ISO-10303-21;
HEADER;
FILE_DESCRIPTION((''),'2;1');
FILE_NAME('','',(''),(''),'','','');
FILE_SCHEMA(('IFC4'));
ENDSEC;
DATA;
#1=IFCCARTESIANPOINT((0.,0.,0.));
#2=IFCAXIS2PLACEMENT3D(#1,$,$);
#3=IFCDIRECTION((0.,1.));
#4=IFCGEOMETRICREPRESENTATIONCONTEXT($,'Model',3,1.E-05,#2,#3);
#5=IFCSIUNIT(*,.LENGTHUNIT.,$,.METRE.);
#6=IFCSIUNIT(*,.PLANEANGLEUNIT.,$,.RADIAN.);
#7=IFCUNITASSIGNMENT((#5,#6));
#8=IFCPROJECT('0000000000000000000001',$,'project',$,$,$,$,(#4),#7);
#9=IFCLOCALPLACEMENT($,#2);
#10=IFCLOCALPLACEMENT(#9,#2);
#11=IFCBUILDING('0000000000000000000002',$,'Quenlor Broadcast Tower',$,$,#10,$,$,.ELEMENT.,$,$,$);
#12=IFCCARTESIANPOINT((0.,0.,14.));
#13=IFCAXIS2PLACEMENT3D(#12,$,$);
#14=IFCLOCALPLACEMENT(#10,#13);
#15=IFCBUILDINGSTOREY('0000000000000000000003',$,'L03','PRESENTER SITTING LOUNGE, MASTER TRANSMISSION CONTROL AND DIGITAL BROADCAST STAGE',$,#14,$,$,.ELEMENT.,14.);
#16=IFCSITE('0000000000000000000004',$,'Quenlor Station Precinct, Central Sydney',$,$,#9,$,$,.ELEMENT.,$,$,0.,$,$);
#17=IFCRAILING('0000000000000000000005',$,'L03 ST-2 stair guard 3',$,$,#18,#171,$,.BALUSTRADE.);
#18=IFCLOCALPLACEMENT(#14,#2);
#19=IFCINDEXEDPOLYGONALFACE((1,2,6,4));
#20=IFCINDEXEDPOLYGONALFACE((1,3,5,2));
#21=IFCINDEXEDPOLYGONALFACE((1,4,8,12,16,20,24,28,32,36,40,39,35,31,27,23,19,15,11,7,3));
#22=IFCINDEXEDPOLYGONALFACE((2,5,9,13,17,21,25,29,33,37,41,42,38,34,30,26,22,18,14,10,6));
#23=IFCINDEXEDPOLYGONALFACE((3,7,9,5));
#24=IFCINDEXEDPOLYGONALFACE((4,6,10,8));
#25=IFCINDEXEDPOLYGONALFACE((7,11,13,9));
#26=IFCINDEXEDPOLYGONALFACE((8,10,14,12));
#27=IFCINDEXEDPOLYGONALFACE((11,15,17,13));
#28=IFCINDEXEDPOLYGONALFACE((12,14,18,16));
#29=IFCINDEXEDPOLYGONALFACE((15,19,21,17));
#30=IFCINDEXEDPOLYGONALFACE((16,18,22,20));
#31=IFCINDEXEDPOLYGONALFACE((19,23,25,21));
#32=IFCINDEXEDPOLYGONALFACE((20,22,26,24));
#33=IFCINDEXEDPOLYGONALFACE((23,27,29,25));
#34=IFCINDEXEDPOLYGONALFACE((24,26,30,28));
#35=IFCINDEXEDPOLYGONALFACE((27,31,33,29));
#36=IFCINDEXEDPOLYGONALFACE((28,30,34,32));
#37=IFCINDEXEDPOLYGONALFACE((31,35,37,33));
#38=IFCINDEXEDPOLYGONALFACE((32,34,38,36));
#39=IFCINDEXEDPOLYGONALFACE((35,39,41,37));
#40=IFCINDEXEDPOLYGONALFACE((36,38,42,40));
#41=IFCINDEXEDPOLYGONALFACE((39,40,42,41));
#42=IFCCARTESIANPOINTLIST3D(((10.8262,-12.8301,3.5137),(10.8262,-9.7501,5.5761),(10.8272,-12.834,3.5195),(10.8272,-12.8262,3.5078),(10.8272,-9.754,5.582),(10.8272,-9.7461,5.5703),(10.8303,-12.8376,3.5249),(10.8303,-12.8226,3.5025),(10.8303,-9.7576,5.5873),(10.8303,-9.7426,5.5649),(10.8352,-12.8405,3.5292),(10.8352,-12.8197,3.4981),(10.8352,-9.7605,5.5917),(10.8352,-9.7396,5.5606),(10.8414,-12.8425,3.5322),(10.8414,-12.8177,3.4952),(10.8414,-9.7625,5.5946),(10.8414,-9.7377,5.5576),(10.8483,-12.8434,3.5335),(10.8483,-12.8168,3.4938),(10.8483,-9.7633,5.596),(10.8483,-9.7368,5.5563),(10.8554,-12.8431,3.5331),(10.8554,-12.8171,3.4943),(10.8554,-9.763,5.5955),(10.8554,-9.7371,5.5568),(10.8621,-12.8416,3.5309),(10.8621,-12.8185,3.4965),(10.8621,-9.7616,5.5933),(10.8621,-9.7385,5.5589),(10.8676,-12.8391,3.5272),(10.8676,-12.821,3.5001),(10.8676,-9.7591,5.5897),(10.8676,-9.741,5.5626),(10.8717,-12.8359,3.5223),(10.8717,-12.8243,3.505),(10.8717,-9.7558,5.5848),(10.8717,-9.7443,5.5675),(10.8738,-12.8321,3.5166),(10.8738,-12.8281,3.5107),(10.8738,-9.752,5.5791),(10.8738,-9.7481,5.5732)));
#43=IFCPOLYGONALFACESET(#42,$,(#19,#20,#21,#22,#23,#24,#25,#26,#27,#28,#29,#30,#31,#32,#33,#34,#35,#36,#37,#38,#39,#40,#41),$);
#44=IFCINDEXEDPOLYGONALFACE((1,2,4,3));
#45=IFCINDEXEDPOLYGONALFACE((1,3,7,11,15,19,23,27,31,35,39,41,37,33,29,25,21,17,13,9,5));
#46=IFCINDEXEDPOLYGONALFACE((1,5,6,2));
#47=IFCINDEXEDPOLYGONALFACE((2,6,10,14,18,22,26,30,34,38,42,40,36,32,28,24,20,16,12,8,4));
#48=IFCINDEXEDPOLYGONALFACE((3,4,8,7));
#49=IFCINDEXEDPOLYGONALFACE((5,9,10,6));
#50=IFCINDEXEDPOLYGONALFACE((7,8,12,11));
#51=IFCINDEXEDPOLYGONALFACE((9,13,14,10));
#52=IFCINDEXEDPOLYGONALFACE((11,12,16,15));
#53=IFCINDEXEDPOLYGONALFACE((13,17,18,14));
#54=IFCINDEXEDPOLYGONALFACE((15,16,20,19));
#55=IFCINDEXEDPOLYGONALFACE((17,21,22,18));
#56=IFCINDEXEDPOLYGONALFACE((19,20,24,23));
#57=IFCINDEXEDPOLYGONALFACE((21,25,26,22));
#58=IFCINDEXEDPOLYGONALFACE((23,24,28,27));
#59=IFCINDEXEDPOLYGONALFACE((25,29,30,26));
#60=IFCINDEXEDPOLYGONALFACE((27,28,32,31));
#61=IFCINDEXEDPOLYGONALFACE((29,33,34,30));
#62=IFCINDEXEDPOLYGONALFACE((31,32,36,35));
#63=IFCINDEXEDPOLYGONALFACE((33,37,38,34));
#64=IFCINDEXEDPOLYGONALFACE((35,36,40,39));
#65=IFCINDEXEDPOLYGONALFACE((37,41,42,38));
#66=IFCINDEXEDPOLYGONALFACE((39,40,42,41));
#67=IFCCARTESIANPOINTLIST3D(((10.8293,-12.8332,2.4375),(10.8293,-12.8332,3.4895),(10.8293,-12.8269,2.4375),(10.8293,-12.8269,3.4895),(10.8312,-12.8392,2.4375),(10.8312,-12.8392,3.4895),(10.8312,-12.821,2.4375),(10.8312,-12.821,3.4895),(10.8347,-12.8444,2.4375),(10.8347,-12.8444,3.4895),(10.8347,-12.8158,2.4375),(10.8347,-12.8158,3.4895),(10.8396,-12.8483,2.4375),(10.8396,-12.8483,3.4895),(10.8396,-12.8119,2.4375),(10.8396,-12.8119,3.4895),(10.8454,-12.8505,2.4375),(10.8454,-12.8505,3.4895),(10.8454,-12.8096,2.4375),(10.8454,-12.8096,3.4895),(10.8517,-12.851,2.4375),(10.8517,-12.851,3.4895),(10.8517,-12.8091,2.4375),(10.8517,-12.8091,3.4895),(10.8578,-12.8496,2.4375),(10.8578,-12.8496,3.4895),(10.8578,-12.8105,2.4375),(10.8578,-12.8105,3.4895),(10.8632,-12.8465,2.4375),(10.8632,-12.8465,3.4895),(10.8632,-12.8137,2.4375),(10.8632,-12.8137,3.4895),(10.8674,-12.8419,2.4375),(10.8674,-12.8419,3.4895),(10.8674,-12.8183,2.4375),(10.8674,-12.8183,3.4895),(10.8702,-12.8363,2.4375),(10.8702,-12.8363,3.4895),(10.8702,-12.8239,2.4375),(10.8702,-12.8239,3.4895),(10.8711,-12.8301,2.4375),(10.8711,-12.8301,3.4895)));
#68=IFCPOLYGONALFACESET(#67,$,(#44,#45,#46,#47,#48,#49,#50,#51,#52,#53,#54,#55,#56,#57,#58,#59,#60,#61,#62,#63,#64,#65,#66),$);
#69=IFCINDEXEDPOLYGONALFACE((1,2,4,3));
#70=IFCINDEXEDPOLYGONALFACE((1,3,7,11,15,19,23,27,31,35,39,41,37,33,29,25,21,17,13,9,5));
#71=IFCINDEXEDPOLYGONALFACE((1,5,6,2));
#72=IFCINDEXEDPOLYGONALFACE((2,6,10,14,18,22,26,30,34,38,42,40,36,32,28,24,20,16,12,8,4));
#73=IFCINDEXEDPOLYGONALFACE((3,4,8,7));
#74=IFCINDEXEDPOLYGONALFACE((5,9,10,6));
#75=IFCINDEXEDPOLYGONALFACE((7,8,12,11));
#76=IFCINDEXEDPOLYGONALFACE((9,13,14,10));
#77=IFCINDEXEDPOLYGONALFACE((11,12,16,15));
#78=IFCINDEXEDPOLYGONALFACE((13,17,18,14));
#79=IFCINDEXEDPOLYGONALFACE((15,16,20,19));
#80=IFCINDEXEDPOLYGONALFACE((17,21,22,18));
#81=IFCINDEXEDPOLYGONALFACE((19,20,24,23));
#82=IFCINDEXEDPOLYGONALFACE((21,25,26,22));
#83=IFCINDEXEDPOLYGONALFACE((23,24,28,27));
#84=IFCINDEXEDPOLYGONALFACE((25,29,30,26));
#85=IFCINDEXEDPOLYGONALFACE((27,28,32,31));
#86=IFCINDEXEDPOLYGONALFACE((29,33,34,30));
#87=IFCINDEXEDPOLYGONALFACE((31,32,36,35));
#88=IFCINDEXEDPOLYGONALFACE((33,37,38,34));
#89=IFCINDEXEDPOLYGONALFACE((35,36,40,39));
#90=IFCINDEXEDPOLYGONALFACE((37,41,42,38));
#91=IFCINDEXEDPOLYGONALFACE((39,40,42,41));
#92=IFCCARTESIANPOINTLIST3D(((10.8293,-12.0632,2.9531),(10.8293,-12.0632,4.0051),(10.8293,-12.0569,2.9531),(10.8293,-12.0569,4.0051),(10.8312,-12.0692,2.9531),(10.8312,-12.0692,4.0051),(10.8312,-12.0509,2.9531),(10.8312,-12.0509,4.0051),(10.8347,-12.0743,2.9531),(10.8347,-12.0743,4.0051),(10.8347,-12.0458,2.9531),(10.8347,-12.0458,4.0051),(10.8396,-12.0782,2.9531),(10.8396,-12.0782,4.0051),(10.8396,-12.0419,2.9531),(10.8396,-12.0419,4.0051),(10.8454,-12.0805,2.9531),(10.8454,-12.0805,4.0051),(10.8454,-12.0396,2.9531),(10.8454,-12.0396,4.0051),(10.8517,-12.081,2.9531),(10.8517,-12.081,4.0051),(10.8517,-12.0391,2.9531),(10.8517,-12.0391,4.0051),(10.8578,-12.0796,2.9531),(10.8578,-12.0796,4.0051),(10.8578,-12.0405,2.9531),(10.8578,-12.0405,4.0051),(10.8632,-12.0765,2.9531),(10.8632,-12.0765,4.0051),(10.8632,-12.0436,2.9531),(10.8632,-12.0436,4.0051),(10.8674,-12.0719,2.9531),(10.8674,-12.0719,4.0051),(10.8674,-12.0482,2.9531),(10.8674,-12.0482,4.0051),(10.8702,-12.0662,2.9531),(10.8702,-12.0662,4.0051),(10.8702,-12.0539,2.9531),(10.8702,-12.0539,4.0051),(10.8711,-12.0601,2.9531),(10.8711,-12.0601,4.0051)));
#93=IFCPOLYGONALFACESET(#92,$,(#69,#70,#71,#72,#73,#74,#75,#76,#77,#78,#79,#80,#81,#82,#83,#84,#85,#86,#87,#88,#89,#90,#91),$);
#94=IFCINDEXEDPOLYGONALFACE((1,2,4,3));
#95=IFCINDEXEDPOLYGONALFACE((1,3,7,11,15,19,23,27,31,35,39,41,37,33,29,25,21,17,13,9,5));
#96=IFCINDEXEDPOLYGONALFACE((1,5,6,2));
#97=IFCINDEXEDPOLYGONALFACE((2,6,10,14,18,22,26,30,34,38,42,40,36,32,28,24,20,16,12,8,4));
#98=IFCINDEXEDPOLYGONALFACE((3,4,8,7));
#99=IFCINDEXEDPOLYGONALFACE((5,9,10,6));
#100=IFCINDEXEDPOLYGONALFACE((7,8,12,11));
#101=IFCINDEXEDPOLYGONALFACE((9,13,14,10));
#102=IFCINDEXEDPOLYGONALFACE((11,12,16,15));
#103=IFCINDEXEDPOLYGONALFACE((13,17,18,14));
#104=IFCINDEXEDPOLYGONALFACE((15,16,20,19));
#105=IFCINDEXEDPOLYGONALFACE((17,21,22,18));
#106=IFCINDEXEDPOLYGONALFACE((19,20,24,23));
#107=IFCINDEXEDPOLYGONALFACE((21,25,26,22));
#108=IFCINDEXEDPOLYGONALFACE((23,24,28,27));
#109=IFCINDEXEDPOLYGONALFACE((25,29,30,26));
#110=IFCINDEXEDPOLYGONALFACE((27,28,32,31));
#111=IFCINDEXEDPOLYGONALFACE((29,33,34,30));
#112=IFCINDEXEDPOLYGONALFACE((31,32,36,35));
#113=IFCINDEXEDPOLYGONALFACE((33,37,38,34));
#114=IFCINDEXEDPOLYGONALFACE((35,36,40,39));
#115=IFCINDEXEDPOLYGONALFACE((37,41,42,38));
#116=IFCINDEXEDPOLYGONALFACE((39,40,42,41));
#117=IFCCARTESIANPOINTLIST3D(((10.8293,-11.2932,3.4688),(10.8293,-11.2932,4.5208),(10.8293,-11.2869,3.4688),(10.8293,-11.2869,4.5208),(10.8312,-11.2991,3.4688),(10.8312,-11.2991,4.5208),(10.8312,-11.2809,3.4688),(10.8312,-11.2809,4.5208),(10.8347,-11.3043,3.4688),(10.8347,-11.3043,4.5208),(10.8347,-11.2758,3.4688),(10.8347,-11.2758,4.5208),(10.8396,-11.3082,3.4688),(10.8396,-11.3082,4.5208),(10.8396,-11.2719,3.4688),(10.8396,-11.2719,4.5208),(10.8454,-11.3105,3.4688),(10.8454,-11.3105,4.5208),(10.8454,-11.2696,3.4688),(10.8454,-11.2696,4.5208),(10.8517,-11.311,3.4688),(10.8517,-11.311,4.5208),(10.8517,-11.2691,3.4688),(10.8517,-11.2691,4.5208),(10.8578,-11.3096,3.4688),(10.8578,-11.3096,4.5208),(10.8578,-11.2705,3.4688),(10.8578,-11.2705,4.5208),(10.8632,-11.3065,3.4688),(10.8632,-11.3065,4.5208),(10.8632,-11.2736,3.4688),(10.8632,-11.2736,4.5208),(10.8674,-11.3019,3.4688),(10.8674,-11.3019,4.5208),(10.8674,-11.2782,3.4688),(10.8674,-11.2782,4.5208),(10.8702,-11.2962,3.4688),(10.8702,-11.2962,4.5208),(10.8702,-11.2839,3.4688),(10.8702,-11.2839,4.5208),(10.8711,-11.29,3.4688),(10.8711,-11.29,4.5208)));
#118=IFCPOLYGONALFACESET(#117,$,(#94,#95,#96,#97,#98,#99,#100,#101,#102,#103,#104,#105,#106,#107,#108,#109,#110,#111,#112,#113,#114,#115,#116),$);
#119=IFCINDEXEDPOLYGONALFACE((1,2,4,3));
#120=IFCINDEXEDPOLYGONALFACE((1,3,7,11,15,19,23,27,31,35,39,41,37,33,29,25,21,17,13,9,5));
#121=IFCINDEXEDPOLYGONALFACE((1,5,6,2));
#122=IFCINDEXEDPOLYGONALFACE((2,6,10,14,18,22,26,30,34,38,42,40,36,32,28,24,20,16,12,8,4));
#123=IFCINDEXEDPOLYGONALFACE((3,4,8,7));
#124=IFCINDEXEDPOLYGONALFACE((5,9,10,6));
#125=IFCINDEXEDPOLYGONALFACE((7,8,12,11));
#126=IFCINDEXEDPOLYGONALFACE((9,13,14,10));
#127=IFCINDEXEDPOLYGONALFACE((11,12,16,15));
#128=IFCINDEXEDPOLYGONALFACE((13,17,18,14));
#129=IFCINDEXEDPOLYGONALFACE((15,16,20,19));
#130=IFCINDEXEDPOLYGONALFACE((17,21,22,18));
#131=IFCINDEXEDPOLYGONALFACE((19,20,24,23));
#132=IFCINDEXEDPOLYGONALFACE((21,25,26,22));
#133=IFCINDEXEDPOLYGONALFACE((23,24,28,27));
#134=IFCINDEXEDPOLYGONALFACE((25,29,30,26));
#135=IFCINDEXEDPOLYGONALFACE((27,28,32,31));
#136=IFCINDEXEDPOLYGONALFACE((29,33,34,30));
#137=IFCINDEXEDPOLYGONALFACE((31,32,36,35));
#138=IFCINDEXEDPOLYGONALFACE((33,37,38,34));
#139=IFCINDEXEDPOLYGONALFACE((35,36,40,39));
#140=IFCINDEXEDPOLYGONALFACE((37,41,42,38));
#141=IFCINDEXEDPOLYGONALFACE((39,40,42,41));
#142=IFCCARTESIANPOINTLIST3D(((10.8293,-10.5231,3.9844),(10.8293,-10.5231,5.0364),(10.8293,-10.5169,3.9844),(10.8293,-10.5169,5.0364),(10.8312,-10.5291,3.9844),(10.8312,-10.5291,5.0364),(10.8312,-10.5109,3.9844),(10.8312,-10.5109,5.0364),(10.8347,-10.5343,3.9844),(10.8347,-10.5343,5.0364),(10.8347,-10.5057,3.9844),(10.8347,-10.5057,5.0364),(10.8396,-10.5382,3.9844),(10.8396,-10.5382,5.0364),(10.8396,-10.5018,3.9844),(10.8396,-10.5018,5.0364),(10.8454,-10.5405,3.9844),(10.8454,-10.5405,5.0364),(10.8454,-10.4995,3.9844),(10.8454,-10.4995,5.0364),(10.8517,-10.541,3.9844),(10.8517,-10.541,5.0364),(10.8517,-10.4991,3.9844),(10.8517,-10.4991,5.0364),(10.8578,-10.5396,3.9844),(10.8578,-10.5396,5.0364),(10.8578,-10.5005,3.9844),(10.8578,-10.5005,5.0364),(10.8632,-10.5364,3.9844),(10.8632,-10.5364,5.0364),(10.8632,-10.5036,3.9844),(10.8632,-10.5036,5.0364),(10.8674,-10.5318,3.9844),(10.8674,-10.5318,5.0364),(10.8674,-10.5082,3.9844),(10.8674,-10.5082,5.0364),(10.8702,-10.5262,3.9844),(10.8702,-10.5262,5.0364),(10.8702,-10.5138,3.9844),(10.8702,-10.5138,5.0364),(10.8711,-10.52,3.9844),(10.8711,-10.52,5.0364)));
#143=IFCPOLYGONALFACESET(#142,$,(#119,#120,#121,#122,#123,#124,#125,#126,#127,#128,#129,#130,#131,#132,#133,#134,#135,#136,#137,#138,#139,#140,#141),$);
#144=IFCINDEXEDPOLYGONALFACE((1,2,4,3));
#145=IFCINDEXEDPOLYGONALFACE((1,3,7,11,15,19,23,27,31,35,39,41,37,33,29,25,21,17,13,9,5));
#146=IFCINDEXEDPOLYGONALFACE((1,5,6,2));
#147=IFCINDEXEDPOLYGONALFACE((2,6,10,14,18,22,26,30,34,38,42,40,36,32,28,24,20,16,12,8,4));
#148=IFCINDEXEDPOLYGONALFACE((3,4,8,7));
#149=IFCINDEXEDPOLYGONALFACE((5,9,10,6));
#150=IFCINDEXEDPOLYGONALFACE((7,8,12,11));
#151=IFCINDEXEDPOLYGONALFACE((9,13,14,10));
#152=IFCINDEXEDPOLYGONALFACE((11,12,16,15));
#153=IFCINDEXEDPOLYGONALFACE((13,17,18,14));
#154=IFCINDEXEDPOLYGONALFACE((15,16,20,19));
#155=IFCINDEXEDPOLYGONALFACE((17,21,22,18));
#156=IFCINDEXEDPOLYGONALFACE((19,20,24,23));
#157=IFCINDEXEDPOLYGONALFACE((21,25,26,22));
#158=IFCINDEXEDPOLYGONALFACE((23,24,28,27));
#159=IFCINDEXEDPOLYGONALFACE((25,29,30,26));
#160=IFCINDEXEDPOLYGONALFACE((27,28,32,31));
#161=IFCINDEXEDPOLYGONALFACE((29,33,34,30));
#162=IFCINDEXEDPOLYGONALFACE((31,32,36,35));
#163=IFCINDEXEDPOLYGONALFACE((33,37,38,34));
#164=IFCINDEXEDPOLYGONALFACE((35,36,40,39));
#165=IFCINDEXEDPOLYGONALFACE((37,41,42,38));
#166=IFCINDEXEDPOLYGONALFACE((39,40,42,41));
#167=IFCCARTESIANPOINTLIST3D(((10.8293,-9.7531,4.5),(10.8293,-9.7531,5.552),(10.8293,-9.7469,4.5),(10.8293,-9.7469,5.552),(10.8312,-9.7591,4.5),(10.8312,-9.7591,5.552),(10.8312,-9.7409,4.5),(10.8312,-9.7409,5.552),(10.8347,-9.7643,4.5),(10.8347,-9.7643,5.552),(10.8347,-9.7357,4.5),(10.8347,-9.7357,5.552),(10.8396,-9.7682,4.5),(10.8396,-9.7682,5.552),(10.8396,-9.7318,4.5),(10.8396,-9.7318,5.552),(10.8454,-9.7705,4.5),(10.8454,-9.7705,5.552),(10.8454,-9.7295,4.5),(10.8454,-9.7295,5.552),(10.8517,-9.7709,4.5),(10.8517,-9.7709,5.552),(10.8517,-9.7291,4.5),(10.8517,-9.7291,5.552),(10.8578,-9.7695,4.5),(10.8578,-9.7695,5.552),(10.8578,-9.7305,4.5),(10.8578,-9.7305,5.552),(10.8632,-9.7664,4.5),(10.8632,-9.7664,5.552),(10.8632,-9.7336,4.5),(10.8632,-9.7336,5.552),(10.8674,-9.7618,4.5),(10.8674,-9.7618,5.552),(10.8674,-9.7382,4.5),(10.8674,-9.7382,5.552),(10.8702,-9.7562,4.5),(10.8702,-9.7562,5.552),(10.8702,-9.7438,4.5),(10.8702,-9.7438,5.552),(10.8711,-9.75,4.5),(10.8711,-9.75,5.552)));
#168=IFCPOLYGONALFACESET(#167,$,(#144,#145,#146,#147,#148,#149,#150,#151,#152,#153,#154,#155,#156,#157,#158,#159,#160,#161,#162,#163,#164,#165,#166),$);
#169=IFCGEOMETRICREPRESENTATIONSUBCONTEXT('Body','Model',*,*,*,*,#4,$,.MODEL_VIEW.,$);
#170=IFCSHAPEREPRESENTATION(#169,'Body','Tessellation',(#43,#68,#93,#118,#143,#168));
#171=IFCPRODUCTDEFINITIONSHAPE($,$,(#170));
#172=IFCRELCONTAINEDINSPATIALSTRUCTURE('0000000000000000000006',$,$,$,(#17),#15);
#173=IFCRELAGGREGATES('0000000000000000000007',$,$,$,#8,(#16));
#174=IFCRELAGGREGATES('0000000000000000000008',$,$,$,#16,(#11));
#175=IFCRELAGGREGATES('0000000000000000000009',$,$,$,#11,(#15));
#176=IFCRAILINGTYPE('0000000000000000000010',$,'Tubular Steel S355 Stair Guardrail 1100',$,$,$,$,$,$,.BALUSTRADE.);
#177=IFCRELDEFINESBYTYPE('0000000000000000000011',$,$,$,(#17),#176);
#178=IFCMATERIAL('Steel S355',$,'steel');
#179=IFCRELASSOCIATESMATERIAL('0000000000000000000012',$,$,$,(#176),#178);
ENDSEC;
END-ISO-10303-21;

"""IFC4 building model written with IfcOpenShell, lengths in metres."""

from ifc_helpers import new_model, si_unit, direction, frame, origin, origin_2d, place, context, subcontext, project, spatial, circle, extrude, material, type_object, element, save


model = new_model("IFC4")

# Units and contexts
model_context = context("Model", 3, precision=1e-05, world=origin(), true_north=direction((0.0, 1.0)))
body_context = subcontext(model_context, "Body", "Model", "MODEL_VIEW")
ifc_project = project(units=[si_unit("LENGTHUNIT", "METRE"), si_unit("PLANEANGLEUNIT", "RADIAN")], contexts=[model_context])

# Site, building, storey
site_placement = place(None, origin())
site = spatial("IfcSite", under=ifc_project, at=site_placement, Name="Quenlor Station Precinct, Central Sydney", CompositionType="ELEMENT", RefElevation=0.0)
building_placement = place(site_placement, origin())
building = spatial("IfcBuilding", under=site, at=building_placement, Name="Quenlor Broadcast Tower", CompositionType="ELEMENT")
storey_placement = place(building_placement, frame((0.0, 0.0, 14.0)))
storey = spatial("IfcBuildingStorey", under=building, at=storey_placement, Name="L03", Description="PRESENTER SITTING LOUNGE, MASTER TRANSMISSION CONTROL AND DIGITAL BROADCAST STAGE", CompositionType="ELEMENT", Elevation=14.0)

# Railing
ifc_material_1 = material(Name="Steel S355", Category="steel")
railing_type_1 = type_object("IfcRailingType", Name="Tubular Steel S355 Stair Guardrail 1100", PredefinedType="BALUSTRADE", material=ifc_material_1)
railing_1_placement = place(storey_placement, frame((10.8501, -12.8301, 2.4375)))
element("IfcRailing", 1, at=railing_1_placement, inside=storey, type_object=railing_type_1, Name="L03 ST-2 stair guard 3", PredefinedType="BALUSTRADE", context=body_context, shape_type="SweptSolid", body=[
    extrude(circle(Radius=0.0239, at=origin_2d()), frame((0.0, 0.0, 1.0762), z_axis=(0.0, 0.830914, 0.556401), x_axis=(-1.0, 0.0, 0.0)), (0.0, 0.0, 1.0), 3.7068),
    extrude(circle(Radius=0.021, at=origin_2d()), origin(), (0.0, 0.0, 1.0), 1.052),
    extrude(circle(Radius=0.021, at=origin_2d()), frame((0.0, 0.77, 0.5156)), (0.0, 0.0, 1.0), 1.052),
    extrude(circle(Radius=0.021, at=origin_2d()), frame((0.0, 1.54, 1.0312)), (0.0, 0.0, 1.0), 1.052),
    extrude(circle(Radius=0.021, at=origin_2d()), frame((0.0, 2.3101, 1.5469)), (0.0, 0.0, 1.0), 1.052),
    extrude(circle(Radius=0.021, at=origin_2d()), frame((0.0, 3.0801, 2.0625)), (0.0, 0.0, 1.0), 1.052),
])

save(model, "model.ifc")
